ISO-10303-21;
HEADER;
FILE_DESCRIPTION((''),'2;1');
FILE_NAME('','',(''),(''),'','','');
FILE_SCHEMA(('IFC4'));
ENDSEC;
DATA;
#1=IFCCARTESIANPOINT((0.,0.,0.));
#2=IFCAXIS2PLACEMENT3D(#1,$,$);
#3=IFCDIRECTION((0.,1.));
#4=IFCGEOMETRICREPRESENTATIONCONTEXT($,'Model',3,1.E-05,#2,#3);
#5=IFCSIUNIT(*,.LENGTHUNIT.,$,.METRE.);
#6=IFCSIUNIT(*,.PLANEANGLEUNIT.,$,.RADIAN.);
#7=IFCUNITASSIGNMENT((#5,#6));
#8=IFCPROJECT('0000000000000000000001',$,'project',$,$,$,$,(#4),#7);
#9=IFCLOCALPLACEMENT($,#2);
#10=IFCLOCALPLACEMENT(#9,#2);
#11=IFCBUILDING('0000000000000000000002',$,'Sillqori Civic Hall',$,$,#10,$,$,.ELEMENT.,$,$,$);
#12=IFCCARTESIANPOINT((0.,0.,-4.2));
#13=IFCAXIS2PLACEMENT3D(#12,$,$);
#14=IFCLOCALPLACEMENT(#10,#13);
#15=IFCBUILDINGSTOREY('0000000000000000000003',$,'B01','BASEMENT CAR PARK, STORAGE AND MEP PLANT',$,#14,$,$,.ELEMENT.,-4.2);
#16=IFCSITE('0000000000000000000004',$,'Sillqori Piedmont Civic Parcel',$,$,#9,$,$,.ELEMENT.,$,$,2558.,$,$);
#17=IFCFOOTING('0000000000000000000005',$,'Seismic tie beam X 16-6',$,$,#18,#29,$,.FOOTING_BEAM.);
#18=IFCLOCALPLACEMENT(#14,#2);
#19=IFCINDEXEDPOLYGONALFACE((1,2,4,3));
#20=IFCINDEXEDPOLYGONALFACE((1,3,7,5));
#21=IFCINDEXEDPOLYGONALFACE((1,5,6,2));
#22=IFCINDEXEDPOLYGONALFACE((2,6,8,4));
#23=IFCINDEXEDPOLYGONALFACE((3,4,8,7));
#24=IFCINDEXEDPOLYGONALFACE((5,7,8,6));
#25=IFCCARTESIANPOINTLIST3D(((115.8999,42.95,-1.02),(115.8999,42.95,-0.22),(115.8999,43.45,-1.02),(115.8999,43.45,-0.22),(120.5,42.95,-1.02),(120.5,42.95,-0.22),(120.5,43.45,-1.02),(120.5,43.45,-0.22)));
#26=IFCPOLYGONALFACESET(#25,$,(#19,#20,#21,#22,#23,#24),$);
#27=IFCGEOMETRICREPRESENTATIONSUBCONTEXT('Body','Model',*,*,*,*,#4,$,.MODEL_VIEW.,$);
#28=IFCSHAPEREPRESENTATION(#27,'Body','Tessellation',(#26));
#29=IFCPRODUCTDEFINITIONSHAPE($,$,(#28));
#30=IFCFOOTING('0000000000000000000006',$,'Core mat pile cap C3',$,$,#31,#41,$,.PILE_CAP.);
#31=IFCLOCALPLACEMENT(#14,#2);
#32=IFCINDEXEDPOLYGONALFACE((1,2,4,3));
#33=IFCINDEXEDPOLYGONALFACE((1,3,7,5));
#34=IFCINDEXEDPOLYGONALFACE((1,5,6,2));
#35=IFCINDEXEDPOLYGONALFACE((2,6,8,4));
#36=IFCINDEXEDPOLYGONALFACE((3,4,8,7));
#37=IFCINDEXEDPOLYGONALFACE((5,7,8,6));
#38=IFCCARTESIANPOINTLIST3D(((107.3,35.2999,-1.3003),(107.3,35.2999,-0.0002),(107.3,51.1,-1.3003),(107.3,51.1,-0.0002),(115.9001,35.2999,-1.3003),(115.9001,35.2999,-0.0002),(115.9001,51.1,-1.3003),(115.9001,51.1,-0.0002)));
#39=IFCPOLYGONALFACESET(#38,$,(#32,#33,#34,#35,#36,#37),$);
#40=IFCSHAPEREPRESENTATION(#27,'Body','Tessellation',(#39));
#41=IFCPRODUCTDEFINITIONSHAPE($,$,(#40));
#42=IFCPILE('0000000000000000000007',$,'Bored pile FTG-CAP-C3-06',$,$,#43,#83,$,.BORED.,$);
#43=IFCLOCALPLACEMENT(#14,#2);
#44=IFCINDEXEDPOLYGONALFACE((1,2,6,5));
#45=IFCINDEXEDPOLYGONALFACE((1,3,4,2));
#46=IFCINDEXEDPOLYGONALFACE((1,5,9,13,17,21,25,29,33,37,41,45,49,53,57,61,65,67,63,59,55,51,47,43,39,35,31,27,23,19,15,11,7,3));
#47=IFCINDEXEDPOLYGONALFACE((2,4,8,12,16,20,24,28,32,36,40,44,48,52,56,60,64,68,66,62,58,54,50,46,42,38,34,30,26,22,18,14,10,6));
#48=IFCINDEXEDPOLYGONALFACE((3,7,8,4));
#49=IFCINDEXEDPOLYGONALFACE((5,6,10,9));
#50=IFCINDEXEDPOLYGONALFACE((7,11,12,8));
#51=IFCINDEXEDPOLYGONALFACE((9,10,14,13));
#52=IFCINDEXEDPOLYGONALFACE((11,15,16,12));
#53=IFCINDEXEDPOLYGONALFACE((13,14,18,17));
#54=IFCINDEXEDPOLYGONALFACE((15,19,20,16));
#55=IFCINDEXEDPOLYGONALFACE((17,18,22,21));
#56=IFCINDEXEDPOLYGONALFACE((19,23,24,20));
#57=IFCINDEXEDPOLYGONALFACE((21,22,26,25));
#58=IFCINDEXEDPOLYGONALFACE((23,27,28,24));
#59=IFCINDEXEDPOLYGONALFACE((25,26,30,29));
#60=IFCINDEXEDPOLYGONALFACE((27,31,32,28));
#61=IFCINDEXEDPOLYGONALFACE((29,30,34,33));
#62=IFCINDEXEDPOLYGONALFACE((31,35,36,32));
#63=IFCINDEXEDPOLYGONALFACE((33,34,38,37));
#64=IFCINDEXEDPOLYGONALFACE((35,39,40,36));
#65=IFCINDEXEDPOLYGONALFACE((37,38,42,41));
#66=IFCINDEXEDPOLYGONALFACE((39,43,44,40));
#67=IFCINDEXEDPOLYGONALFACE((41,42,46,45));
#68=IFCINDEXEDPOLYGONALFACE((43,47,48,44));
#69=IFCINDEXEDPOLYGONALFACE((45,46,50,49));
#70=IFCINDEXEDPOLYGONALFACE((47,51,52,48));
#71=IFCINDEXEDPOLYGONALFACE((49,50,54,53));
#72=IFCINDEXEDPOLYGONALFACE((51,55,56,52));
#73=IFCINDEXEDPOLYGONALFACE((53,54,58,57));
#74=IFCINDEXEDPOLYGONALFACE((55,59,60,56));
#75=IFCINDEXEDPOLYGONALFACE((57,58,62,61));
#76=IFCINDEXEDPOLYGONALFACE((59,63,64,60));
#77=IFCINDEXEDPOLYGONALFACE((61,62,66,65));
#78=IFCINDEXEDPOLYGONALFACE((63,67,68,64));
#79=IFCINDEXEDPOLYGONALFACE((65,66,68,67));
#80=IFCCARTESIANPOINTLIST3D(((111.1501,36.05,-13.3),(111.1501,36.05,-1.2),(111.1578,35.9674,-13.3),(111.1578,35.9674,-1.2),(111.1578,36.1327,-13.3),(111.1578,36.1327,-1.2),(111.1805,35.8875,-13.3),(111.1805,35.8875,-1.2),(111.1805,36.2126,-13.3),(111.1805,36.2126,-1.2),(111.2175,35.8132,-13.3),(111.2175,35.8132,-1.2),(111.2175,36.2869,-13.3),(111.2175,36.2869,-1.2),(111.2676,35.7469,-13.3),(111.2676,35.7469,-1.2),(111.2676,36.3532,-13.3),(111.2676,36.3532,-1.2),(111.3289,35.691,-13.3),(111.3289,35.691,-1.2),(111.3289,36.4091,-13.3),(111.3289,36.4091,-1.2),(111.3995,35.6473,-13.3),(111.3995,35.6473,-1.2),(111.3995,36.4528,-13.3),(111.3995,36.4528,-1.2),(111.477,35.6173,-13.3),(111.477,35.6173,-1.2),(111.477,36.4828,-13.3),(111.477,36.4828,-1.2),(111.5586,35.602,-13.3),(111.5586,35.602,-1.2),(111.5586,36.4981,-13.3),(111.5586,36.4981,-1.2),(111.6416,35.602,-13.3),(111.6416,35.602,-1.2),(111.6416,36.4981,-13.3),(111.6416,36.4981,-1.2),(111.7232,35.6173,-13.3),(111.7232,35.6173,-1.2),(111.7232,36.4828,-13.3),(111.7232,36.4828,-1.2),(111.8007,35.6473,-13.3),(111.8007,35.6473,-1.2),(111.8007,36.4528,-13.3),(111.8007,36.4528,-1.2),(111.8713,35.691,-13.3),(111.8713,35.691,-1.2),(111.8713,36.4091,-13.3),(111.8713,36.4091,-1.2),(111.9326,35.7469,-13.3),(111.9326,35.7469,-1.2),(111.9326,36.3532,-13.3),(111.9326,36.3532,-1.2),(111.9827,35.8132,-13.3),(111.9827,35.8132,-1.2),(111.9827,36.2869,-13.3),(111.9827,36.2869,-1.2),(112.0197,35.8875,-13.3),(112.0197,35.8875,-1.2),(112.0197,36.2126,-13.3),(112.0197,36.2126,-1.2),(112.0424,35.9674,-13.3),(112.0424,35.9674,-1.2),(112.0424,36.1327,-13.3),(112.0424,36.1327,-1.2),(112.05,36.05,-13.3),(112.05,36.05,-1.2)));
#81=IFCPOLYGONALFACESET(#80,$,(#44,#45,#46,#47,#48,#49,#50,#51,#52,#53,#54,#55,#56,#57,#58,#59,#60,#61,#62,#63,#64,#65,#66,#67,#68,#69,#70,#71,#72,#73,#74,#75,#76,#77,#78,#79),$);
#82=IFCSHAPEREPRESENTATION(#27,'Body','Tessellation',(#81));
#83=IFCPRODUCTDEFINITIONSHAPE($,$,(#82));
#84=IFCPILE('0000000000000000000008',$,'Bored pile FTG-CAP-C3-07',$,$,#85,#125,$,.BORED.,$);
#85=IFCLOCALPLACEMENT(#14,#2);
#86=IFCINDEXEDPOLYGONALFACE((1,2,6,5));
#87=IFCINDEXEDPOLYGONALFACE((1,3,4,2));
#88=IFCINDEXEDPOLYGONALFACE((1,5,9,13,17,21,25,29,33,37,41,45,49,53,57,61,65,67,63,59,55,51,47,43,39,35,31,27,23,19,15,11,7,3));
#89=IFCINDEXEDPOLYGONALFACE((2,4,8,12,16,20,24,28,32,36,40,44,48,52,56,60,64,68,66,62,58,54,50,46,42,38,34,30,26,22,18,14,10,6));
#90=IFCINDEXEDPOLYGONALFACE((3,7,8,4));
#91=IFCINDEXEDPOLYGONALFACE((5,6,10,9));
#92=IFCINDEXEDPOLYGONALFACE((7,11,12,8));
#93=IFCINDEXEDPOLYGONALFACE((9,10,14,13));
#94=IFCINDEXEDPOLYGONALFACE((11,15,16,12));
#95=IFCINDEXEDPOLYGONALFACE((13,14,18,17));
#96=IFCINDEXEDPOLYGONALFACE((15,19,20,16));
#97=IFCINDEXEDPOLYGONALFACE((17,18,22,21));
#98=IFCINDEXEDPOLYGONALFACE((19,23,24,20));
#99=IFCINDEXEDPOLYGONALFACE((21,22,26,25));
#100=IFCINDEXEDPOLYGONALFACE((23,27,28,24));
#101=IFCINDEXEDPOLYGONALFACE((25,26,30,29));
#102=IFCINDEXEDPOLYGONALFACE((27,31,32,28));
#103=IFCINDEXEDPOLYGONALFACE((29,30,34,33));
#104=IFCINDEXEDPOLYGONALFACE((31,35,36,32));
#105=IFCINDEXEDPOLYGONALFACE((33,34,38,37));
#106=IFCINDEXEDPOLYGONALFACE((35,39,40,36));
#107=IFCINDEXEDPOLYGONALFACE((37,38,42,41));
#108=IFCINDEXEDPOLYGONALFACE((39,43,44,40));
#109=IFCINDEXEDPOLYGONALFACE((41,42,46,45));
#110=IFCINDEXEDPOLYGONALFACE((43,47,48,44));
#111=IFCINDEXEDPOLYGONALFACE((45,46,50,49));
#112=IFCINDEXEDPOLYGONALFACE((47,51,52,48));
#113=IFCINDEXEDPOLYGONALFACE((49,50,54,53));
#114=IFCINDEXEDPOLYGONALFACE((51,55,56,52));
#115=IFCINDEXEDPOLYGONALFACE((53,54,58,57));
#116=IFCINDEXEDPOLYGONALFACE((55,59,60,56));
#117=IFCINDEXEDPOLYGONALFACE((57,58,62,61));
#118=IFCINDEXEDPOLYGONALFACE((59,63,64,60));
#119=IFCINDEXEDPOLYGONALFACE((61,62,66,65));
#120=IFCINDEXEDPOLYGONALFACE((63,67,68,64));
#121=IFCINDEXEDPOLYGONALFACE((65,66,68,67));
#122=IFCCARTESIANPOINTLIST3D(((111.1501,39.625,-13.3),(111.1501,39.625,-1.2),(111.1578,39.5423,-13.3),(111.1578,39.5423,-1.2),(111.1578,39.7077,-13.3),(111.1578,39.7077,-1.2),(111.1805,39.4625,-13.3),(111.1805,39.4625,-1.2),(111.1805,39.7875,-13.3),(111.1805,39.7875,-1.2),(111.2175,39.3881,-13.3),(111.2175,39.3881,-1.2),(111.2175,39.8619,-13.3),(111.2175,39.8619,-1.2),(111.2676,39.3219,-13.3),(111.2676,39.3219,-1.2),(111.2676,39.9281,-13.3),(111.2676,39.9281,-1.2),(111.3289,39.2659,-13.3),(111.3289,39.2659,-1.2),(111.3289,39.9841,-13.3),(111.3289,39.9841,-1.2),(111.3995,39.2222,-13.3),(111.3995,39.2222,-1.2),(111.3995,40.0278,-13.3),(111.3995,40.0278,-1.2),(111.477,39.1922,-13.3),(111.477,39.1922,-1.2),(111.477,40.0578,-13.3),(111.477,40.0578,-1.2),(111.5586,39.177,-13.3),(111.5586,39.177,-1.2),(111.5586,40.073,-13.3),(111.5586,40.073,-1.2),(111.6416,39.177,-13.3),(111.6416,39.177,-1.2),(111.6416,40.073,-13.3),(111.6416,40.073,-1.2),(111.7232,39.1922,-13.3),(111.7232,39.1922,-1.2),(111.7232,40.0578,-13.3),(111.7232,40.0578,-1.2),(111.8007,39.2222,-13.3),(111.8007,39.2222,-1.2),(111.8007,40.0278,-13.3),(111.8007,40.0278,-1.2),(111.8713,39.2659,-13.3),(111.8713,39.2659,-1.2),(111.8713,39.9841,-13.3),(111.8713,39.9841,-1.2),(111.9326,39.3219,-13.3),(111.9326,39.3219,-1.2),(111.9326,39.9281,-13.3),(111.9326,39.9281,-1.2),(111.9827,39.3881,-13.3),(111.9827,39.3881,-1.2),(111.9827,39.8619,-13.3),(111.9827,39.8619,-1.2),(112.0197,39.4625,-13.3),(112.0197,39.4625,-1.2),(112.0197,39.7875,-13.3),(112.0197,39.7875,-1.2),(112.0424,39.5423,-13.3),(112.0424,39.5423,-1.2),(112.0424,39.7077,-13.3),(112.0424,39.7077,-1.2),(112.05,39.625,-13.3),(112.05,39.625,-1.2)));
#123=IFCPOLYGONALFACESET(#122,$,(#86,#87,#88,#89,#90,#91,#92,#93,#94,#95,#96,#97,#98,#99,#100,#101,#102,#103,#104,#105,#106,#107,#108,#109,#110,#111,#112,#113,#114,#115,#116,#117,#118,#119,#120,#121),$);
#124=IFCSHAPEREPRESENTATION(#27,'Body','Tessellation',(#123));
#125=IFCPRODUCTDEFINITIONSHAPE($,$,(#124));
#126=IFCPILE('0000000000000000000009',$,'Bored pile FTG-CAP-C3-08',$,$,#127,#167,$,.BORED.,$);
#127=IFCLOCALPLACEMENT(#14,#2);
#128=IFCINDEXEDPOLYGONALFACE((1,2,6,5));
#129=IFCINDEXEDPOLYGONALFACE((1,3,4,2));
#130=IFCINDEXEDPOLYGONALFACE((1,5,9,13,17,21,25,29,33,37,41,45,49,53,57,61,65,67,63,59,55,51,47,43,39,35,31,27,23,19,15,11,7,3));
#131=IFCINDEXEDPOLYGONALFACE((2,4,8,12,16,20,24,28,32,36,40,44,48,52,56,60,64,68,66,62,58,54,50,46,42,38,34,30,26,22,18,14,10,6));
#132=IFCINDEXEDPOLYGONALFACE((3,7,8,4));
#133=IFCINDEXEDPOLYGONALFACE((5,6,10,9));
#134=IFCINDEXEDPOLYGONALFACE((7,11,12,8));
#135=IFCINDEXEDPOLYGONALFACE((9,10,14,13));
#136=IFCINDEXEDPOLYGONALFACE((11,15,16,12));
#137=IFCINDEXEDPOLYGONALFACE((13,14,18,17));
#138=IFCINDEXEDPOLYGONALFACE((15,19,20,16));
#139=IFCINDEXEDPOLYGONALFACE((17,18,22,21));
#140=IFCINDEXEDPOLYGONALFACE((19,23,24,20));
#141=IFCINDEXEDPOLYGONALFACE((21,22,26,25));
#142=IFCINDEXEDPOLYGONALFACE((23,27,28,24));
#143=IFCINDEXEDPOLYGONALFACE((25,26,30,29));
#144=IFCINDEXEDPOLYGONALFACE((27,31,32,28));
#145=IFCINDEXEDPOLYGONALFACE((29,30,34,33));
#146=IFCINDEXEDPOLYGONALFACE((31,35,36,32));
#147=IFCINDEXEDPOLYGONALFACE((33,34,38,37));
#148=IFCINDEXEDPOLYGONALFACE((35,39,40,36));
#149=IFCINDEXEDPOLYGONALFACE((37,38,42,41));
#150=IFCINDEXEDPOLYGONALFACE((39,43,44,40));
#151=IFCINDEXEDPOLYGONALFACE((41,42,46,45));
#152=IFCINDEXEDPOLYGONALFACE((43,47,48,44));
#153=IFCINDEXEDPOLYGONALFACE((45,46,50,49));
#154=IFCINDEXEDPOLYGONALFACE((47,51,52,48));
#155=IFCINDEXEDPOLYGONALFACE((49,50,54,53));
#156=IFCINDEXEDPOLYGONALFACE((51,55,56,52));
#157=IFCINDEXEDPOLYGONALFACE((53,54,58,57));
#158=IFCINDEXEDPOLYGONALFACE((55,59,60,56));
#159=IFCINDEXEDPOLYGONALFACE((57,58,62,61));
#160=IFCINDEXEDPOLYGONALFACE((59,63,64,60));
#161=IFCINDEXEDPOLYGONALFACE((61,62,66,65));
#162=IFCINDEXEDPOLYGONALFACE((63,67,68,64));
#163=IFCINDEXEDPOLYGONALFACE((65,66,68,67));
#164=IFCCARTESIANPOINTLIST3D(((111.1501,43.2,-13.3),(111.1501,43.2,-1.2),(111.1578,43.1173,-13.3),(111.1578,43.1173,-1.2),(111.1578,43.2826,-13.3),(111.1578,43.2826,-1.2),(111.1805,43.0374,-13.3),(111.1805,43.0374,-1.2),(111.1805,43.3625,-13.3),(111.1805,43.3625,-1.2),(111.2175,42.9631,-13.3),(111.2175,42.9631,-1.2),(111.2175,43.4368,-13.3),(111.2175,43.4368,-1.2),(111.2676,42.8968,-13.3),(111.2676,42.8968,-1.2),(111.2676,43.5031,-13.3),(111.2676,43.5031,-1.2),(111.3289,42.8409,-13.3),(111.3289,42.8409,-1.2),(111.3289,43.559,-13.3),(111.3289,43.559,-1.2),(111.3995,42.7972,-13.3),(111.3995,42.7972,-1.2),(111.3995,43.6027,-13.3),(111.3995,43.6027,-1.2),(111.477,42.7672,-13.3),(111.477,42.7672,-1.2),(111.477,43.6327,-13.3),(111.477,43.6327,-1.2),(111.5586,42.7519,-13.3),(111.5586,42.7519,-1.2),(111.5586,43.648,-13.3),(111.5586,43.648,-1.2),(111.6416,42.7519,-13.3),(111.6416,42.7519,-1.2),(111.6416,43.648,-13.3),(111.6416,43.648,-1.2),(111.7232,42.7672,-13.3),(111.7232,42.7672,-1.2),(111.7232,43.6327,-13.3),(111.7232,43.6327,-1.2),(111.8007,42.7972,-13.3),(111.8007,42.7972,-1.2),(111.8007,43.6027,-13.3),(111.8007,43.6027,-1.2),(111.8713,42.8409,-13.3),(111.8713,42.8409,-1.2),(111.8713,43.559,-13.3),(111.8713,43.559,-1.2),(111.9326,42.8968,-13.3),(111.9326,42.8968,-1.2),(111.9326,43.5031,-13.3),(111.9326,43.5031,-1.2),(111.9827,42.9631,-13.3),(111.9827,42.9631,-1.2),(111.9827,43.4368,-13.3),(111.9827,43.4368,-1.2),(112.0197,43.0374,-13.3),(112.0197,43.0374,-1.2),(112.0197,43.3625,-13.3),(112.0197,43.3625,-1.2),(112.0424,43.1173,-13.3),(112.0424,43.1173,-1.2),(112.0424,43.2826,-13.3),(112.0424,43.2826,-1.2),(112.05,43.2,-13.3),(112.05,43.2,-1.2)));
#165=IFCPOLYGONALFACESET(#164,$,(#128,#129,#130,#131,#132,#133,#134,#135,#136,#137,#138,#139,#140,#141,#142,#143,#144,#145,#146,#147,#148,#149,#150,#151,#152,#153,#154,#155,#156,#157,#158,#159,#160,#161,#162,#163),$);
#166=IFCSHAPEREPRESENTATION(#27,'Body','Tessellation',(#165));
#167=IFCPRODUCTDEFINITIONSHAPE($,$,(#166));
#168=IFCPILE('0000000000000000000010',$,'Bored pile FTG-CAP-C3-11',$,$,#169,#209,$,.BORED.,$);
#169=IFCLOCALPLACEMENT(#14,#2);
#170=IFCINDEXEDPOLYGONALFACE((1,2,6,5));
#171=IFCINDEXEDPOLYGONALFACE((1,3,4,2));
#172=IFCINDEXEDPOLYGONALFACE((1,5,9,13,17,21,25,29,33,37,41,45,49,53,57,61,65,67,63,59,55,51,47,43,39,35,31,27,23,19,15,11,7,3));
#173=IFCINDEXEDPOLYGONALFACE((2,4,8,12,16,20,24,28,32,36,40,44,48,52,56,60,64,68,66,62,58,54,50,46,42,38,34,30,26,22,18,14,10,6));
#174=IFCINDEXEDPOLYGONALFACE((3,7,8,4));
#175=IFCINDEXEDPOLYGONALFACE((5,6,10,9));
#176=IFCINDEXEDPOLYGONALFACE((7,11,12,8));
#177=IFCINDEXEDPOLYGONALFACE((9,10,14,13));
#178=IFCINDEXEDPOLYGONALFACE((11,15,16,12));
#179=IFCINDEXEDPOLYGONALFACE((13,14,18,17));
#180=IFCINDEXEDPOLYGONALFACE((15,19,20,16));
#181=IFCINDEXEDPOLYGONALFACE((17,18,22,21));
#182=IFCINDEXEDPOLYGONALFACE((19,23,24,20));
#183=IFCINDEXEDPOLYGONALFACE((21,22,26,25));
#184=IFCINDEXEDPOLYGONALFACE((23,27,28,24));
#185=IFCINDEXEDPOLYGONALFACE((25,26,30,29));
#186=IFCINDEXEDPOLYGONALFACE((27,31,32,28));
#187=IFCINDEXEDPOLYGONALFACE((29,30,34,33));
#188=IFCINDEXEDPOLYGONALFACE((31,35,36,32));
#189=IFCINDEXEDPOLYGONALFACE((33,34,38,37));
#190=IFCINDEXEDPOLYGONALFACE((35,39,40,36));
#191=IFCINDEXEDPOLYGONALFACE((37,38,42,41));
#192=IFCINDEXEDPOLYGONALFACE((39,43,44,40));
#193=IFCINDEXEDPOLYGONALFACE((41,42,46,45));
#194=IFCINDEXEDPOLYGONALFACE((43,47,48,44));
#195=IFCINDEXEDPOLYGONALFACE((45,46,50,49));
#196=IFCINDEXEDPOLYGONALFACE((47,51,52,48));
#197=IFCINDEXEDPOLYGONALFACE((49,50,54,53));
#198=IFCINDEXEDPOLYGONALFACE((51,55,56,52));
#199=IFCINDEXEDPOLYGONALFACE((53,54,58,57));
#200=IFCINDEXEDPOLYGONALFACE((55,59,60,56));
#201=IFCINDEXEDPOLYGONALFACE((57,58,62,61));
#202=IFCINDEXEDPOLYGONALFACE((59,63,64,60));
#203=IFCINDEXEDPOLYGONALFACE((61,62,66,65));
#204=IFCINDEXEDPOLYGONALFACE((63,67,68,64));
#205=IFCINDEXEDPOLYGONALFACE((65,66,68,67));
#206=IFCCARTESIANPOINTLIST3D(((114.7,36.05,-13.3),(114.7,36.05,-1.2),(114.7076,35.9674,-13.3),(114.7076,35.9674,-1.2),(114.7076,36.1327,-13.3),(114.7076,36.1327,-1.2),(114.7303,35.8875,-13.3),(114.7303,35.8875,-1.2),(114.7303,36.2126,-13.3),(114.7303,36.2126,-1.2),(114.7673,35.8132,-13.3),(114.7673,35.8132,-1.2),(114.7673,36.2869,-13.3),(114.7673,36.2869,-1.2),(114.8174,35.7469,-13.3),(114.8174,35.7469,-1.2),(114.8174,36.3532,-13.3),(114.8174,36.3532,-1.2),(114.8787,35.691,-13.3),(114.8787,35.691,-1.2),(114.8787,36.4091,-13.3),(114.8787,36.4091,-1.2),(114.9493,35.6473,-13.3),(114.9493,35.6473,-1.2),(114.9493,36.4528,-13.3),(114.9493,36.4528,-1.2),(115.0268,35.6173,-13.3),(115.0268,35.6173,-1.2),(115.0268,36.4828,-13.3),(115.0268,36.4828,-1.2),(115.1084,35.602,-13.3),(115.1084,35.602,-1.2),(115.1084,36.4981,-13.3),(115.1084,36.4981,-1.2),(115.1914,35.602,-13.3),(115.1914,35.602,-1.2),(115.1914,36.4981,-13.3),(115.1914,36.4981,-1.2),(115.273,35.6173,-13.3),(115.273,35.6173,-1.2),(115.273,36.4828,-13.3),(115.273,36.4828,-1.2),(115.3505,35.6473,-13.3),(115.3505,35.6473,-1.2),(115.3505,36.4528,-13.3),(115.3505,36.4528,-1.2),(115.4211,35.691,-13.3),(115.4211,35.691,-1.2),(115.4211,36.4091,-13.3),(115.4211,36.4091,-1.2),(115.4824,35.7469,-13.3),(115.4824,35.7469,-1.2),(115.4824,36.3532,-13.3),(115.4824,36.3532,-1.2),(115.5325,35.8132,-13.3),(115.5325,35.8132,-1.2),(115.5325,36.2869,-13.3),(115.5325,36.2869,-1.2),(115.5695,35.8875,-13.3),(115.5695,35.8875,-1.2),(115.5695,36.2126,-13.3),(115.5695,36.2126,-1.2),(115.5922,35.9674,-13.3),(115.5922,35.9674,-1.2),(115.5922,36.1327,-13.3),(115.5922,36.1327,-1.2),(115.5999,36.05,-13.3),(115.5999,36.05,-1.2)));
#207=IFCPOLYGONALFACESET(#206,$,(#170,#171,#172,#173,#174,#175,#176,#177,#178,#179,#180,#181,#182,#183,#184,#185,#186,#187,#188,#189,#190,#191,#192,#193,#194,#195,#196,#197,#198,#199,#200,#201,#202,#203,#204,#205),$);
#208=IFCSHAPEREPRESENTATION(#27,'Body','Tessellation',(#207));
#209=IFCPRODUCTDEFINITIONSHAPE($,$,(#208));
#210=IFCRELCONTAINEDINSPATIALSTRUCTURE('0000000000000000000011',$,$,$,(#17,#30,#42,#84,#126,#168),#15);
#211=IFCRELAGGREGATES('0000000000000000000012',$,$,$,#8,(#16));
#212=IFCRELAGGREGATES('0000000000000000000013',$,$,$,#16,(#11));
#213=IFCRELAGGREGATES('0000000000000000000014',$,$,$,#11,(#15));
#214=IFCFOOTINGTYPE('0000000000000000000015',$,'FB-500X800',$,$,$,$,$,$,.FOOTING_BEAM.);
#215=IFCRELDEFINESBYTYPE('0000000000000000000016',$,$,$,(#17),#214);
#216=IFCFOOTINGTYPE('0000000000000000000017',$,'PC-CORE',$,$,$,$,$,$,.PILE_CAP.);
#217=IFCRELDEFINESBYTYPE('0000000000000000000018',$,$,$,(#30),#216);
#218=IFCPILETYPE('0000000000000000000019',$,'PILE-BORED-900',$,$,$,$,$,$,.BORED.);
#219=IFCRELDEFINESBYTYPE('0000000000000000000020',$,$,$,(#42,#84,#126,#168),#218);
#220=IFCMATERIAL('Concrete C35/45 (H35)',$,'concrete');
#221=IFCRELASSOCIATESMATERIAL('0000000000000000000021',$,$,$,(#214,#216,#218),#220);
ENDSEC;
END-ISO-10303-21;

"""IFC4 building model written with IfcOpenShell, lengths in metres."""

from ifc_helpers import new_model, si_unit, direction, frame, origin, origin_2d, place, context, subcontext, project, spatial, rectangle, circle, extrude, material, material_profile, profile_set, type_object, element, save


model = new_model("IFC4")

# Units and contexts
model_context = context("Model", 3, precision=1e-05, world=origin(), true_north=direction((0.0, 1.0)))
body_context = subcontext(model_context, "Body", "Model", "MODEL_VIEW")
ifc_project = project(units=[si_unit("LENGTHUNIT", "METRE"), si_unit("PLANEANGLEUNIT", "RADIAN")], contexts=[model_context])

# Site, building, storey
site_placement = place(None, origin())
site = spatial("IfcSite", under=ifc_project, at=site_placement, Name="Sillqori Piedmont Civic Parcel", CompositionType="ELEMENT", RefElevation=2558.0)
building_placement = place(site_placement, origin())
building = spatial("IfcBuilding", under=site, at=building_placement, Name="Sillqori Civic Hall", CompositionType="ELEMENT")
storey_placement = place(building_placement, frame((0.0, 0.0, -4.2)))
storey = spatial("IfcBuildingStorey", under=building, at=storey_placement, Name="B01", Description="BASEMENT CAR PARK, STORAGE AND MEP PLANT", CompositionType="ELEMENT", Elevation=-4.2)

# Footings
ifc_material_1 = material(Name="Concrete C35/45 (H35)", Category="concrete")
footing_type_1 = type_object("IfcFootingType", Name="FB-500X800", PredefinedType="FOOTING_BEAM", material=ifc_material_1)
footing_1_placement = place(storey_placement, frame((118.2, 43.2, -1.02), z_axis=(0.0, 0.0, 1.0), x_axis=(1.0, 0.0, 0.0)))
element("IfcFooting", 1, at=footing_1_placement, inside=storey, type_object=footing_type_1, Name="Seismic tie beam X 16-6", PredefinedType="FOOTING_BEAM", context=body_context, shape_type="SweptSolid", body=[
    extrude(rectangle(XDim=4.6001, YDim=0.5, at=origin_2d()), origin(), (0.0, 0.0, 1.0), 0.8),
])
footing_type_2 = type_object("IfcFootingType", Name="PC-CORE", PredefinedType="PILE_CAP", material=ifc_material_1)
footing_2_placement = place(storey_placement, frame((111.6001, 43.2, -1.3003), z_axis=(0.0, 0.0, 1.0), x_axis=(1.0, 0.0, 0.0)))
element("IfcFooting", 2, at=footing_2_placement, inside=storey, type_object=footing_type_2, Name="Core mat pile cap C3", PredefinedType="PILE_CAP", context=body_context, shape_type="SweptSolid", body=[
    extrude(rectangle(XDim=8.6001, YDim=15.8, at=origin_2d()), origin(), (0.0, 0.0, 1.0), 1.3),
])

# Piles
ifc_material_profile_1 = material_profile(ifc_material_1, circle(Radius=0.45, at=origin_2d()), Name="BORED PILE 900")
ifc_profile_set_1 = profile_set([ifc_material_profile_1], Name="Concrete C35/45 (H35)")
pile_type = type_object("IfcPileType", Name="PILE-BORED-900", PredefinedType="BORED", material=ifc_profile_set_1)
for number, where, z_axis, x_axis, name in (
    (3, (111.6001, 36.05, -1.2), (0.0, 0.0, -1.0), (1.0, 0.0, 0.0), "Bored pile FTG-CAP-C3-06"),
    (4, (111.6001, 39.625, -1.2), (0.0, 0.0, -1.0), (1.0, 0.0, 0.0), "Bored pile FTG-CAP-C3-07"),
    (5, (111.6001, 43.2, -1.2), (0.0, 0.0, -1.0), (1.0, 0.0, 0.0), "Bored pile FTG-CAP-C3-08"),
    (6, (115.1499, 36.05, -1.2), (0.0, 0.0, -1.0), (1.0, 0.0, 0.0), "Bored pile FTG-CAP-C3-11"),
):
    element("IfcPile", number, at=place(storey_placement, frame(where, z_axis=z_axis, x_axis=x_axis)), inside=storey, type_object=pile_type, Name=name, PredefinedType="BORED", context=body_context, shape_type="SweptSolid", body=[
        extrude(circle(Radius=0.45, at=origin_2d()), origin(), (0.0, 0.0, 1.0), 12.1001),
    ])

save(model, "model.ifc")
